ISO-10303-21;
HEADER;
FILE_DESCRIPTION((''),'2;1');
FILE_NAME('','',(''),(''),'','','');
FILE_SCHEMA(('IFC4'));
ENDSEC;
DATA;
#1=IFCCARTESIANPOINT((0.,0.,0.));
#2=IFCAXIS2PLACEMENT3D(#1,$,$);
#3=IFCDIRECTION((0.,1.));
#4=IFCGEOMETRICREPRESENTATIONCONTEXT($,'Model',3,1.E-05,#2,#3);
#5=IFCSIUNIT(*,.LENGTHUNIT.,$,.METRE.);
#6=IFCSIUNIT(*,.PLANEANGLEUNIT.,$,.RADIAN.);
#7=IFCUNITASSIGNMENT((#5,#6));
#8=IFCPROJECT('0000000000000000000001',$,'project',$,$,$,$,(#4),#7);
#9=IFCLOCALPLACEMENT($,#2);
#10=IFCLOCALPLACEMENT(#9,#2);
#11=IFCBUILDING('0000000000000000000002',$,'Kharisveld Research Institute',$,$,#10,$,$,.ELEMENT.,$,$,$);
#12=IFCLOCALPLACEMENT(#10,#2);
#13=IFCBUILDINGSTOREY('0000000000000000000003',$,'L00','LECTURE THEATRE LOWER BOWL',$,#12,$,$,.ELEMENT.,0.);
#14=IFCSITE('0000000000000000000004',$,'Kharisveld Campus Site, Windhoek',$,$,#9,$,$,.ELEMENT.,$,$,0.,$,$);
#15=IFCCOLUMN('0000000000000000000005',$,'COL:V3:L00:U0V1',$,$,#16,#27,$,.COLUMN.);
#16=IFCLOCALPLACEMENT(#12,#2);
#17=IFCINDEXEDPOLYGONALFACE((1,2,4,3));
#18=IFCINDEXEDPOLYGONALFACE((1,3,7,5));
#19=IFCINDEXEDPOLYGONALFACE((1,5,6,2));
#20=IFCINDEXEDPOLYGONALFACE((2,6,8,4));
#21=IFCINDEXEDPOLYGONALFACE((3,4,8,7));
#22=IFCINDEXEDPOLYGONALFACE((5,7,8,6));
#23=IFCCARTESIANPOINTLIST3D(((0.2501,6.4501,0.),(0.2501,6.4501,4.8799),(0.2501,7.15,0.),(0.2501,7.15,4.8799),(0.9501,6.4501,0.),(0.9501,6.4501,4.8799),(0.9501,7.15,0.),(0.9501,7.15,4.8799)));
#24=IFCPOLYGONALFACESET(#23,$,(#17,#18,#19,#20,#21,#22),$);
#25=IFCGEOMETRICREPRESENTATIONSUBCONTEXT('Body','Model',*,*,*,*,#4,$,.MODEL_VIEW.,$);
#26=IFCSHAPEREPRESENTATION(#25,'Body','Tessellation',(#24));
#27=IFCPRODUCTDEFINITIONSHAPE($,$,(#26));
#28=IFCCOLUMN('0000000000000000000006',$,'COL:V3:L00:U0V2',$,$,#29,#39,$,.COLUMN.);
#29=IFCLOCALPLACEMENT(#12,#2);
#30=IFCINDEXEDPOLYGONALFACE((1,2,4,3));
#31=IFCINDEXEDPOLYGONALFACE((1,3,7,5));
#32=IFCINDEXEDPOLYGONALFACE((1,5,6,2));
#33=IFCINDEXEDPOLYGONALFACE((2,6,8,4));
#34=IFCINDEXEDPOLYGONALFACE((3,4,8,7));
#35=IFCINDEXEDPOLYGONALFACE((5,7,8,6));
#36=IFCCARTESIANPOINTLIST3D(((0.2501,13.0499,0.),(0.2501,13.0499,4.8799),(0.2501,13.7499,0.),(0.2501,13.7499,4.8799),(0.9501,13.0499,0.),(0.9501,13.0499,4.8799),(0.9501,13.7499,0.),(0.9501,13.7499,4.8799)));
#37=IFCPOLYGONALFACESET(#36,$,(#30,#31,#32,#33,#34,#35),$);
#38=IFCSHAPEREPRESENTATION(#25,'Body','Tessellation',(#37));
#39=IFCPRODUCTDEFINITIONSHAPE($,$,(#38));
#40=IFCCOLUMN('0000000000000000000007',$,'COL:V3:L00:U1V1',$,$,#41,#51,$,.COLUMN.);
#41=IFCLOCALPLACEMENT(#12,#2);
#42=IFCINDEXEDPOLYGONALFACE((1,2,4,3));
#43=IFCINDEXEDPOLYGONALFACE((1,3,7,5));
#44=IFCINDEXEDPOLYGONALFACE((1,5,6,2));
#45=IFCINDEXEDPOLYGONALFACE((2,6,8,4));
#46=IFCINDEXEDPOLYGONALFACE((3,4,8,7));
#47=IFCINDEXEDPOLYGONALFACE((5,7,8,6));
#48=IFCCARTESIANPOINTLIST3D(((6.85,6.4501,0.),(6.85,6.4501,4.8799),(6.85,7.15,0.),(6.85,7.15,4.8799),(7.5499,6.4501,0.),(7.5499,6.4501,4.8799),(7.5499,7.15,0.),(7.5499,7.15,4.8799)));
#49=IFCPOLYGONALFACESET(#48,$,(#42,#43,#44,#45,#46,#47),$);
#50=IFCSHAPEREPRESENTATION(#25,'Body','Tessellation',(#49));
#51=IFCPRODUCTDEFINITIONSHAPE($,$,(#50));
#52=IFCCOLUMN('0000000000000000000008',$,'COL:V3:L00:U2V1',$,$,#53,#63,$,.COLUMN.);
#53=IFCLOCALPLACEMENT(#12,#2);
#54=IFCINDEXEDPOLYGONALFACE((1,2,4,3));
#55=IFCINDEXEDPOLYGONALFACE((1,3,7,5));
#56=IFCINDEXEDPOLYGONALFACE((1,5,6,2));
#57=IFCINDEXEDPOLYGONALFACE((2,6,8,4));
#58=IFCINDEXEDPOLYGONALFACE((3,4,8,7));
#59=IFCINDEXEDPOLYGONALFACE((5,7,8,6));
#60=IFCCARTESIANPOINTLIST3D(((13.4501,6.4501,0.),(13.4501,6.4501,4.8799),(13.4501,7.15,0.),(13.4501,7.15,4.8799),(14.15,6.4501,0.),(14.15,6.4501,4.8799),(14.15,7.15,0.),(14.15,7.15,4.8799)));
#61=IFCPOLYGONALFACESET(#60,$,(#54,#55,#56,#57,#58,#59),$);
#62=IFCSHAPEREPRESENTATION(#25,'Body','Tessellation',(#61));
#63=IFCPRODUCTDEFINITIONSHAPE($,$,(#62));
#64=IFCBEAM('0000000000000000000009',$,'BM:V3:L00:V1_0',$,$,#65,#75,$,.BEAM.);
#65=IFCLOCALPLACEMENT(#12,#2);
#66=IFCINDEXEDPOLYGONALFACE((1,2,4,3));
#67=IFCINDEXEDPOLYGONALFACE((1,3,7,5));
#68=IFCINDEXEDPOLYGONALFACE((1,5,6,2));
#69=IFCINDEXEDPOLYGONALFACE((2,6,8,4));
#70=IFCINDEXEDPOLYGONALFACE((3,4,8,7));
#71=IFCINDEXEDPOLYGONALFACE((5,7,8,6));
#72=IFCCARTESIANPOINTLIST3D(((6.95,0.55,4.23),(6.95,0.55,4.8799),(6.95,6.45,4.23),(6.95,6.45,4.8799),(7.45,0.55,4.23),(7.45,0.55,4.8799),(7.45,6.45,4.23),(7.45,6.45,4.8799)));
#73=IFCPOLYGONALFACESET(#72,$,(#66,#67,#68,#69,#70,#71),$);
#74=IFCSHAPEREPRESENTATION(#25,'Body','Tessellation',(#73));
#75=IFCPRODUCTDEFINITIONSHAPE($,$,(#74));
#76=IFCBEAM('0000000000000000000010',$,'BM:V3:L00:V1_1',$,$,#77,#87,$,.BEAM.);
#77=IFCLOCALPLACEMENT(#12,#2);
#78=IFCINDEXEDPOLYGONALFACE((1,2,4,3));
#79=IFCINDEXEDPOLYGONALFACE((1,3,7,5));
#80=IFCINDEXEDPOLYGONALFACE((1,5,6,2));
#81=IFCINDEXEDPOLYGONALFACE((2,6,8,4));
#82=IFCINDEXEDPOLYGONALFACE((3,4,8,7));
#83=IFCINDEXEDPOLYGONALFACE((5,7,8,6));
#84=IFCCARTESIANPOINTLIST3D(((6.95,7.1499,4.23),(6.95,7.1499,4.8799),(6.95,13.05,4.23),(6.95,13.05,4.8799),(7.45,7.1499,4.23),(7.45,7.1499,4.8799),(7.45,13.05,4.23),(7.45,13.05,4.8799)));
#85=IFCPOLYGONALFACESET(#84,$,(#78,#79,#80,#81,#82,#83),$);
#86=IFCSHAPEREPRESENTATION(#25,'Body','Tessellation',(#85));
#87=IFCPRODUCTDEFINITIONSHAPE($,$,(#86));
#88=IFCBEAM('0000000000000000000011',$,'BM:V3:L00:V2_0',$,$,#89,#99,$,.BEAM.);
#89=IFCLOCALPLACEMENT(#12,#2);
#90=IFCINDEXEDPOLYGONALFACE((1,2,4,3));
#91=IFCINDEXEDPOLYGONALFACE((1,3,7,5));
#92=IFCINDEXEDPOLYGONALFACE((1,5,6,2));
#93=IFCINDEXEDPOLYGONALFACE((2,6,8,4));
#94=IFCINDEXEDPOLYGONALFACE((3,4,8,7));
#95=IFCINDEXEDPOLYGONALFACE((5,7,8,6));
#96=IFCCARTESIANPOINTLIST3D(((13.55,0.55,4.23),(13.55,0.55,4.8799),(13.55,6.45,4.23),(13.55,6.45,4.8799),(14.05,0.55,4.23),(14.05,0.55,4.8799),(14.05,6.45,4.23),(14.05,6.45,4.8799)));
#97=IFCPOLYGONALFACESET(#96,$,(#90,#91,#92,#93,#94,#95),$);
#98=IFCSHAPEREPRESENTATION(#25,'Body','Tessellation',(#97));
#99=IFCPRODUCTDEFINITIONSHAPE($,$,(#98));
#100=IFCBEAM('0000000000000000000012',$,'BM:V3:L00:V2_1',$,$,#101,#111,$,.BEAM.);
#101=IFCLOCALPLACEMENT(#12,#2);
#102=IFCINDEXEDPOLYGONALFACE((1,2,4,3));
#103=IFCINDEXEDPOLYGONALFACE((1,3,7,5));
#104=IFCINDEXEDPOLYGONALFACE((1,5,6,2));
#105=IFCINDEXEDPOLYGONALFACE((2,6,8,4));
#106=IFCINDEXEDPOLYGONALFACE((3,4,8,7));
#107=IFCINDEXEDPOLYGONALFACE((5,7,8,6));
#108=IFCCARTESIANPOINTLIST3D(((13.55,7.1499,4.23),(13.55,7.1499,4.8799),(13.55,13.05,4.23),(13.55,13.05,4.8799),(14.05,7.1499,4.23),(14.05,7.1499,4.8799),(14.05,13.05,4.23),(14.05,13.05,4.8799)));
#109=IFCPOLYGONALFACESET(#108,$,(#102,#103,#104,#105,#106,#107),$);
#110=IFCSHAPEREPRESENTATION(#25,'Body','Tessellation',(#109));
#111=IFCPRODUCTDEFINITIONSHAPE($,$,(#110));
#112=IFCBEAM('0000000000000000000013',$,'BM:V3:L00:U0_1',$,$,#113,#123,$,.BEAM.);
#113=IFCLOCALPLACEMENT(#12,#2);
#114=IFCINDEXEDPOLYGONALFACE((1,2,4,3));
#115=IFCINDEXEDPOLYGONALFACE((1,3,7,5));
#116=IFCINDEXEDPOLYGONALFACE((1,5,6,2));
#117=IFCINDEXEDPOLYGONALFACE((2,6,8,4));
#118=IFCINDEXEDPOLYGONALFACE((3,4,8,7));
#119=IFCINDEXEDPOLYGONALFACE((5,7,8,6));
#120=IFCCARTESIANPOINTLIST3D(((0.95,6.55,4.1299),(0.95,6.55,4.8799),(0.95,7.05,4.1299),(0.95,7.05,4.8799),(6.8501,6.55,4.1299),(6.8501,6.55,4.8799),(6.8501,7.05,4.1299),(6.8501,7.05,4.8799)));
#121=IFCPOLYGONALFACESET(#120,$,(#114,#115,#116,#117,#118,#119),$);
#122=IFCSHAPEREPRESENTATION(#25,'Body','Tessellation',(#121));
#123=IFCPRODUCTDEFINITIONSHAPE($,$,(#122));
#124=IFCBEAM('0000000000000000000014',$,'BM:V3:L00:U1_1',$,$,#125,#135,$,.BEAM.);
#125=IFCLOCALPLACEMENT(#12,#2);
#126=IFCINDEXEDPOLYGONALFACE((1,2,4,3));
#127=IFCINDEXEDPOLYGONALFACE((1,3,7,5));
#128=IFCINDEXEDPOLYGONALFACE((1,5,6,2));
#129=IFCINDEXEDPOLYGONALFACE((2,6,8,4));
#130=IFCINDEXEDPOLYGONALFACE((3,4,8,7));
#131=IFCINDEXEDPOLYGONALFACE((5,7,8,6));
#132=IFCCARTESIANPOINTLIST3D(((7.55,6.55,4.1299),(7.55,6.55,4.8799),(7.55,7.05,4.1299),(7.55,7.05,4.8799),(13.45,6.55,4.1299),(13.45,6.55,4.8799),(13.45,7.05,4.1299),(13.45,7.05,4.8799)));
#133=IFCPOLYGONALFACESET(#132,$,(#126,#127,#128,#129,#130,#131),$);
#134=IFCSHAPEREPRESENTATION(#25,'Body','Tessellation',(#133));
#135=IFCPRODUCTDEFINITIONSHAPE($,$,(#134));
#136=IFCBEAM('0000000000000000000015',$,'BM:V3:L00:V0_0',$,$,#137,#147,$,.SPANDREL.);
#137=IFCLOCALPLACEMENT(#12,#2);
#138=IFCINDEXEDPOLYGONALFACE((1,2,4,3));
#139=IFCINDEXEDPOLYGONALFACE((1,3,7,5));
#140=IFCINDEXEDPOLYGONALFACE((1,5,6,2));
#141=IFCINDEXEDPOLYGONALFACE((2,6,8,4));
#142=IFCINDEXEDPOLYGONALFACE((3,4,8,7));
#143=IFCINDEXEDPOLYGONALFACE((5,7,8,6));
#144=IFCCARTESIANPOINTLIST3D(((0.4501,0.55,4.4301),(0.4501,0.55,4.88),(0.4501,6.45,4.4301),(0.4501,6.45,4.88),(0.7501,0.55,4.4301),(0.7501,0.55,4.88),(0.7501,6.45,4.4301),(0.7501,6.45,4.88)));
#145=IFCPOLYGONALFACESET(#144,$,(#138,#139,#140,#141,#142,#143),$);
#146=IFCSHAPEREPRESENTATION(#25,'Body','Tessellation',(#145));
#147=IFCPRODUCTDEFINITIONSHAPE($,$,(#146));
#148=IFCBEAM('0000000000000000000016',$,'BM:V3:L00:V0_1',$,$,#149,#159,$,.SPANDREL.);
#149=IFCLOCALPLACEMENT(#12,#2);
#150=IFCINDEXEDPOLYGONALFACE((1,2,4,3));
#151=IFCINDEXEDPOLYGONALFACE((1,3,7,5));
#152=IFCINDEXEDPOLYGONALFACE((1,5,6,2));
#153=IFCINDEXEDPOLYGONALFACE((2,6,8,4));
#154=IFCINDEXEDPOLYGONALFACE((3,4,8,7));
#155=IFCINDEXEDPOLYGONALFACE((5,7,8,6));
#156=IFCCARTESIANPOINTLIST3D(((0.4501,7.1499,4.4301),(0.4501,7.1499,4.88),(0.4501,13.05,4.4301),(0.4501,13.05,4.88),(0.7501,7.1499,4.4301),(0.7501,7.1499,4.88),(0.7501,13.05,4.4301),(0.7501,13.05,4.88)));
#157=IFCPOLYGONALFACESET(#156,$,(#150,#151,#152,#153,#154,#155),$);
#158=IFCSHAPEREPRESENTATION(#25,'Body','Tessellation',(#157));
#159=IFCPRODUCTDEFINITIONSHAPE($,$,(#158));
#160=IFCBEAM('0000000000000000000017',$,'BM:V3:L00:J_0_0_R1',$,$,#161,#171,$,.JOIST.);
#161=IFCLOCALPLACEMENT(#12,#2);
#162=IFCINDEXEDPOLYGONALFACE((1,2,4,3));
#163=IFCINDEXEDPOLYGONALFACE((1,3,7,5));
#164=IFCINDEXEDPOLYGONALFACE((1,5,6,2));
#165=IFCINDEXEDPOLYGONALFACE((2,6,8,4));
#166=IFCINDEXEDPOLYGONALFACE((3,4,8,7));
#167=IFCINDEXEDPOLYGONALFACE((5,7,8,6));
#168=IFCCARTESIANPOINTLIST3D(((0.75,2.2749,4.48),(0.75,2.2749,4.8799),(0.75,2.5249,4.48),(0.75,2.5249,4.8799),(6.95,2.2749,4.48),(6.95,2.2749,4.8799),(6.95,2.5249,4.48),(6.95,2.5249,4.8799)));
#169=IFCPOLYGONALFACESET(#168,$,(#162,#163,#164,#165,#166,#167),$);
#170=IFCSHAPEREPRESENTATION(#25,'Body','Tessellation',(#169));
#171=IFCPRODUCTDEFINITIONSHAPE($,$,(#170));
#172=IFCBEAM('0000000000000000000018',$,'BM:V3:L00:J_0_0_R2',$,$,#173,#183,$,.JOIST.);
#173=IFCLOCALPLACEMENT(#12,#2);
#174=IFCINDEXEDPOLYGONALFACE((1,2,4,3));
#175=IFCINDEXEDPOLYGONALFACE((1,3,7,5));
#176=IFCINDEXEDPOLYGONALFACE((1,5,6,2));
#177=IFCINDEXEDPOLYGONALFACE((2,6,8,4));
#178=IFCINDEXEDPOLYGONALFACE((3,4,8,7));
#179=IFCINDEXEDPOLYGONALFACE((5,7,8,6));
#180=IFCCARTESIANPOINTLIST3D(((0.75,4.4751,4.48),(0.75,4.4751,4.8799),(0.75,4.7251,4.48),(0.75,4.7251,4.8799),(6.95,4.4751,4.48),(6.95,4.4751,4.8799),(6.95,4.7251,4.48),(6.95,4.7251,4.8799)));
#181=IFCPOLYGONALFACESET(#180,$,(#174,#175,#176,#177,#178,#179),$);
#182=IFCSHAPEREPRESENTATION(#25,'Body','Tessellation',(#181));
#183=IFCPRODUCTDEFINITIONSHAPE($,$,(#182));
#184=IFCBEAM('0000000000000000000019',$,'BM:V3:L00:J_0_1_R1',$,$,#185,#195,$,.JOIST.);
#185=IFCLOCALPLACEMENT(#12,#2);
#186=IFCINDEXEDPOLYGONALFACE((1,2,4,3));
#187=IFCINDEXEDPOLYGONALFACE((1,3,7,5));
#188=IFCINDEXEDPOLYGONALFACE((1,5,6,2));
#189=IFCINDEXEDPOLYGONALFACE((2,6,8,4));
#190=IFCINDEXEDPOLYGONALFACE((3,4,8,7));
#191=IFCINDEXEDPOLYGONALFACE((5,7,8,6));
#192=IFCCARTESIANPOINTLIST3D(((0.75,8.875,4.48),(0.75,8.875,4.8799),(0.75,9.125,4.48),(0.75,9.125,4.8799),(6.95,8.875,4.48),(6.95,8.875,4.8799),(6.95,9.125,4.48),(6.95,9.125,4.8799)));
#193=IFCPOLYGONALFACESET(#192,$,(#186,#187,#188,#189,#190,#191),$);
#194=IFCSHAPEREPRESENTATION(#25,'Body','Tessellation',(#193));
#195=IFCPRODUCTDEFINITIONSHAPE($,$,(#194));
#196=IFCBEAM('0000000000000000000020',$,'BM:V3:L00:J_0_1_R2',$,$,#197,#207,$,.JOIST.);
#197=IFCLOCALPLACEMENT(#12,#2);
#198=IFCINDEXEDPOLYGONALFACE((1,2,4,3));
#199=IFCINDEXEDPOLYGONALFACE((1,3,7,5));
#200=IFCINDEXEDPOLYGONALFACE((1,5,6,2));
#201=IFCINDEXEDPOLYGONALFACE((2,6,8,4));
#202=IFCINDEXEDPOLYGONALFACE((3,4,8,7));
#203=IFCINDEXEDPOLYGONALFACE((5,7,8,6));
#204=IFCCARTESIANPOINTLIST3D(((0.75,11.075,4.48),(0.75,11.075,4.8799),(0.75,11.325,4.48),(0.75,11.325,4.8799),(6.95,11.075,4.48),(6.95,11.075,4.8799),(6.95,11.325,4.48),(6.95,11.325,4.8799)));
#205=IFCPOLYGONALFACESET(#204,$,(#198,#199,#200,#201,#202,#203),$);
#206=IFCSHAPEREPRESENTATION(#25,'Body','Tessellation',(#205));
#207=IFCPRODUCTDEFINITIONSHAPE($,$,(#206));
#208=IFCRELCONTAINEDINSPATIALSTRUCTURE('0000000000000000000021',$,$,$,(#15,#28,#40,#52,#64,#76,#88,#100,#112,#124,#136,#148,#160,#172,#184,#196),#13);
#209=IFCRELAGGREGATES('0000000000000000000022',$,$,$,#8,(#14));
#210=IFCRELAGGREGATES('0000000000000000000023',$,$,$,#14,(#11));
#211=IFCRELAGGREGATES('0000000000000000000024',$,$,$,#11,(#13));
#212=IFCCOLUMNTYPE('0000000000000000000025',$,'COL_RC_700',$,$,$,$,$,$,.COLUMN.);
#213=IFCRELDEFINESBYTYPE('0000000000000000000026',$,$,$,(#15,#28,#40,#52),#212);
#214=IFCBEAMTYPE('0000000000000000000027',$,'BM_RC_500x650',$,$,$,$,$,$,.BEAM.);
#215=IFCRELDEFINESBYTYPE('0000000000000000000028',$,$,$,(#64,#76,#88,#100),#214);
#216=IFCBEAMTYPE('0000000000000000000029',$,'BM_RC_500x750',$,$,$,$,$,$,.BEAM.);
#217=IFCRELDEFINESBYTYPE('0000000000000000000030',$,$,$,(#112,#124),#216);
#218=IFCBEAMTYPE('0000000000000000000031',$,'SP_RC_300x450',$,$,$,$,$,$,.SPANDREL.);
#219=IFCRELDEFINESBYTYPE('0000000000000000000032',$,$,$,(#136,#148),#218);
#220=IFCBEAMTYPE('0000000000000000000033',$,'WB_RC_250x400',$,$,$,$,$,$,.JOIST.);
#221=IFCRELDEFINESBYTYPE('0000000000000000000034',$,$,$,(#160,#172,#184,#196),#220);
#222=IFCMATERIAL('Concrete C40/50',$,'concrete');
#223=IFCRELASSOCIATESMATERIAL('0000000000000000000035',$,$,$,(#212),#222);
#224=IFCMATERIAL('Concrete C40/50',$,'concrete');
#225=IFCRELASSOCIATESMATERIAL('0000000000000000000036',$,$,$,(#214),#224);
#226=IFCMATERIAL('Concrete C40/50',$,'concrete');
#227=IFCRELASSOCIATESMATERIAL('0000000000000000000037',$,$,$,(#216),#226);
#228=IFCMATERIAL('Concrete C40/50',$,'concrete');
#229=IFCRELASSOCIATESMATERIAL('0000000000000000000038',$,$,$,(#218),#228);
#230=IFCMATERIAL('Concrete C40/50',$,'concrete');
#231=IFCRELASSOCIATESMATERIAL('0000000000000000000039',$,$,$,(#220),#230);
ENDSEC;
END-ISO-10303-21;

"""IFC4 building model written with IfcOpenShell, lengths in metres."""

from ifc_helpers import new_model, si_unit, direction, frame, origin, origin_2d, place, context, subcontext, project, spatial, rectangle, extrude, material, material_profile, profile_set, type_object, element, save


model = new_model("IFC4")

# Units and contexts
model_context = context("Model", 3, precision=1e-05, world=origin(), true_north=direction((0.0, 1.0)))
body_context = subcontext(model_context, "Body", "Model", "MODEL_VIEW")
ifc_project = project(units=[si_unit("LENGTHUNIT", "METRE"), si_unit("PLANEANGLEUNIT", "RADIAN")], contexts=[model_context])

# Site, building, storey
site_placement = place(None, origin())
site = spatial("IfcSite", under=ifc_project, at=site_placement, Name="Kharisveld Campus Site, Windhoek", CompositionType="ELEMENT", RefElevation=0.0)
building_placement = place(site_placement, origin())
building = spatial("IfcBuilding", under=site, at=building_placement, Name="Kharisveld Research Institute", CompositionType="ELEMENT")
storey_placement = place(building_placement, origin())
storey = spatial("IfcBuildingStorey", under=building, at=storey_placement, Name="L00", Description="LECTURE THEATRE LOWER BOWL", CompositionType="ELEMENT", Elevation=0.0)

# Columns
ifc_material_1 = material(Name="Concrete C40/50", Category="concrete")
ifc_material_profile_1 = material_profile(ifc_material_1, rectangle(XDim=0.7, YDim=0.7, at=origin_2d()))
ifc_profile_set_1 = profile_set([ifc_material_profile_1], Name="Concrete C40/50")
column_type = type_object("IfcColumnType", Name="COL_RC_700", PredefinedType="COLUMN", material=ifc_profile_set_1)
for number, where, z_axis, x_axis, name in (
    (1, (0.6001, 6.8, 0.0), (0.0, 0.0, 1.0), (1.0, 0.0, 0.0), "COL:V3:L00:U0V1"),
    (2, (0.6001, 13.3999, 0.0), (0.0, 0.0, 1.0), (1.0, 0.0, 0.0), "COL:V3:L00:U0V2"),
    (3, (7.2, 6.8, 0.0), (0.0, 0.0, 1.0), (1.0, 0.0, 0.0), "COL:V3:L00:U1V1"),
    (4, (13.8, 6.8, 0.0), (0.0, 0.0, 1.0), (1.0, 0.0, 0.0), "COL:V3:L00:U2V1"),
):
    element("IfcColumn", number, at=place(storey_placement, frame(where, z_axis=z_axis, x_axis=x_axis)), inside=storey, type_object=column_type, Name=name, PredefinedType="COLUMN", context=body_context, shape_type="SweptSolid", body=[
        extrude(rectangle(XDim=0.7, YDim=0.7, at=origin_2d()), origin(), (0.0, 0.0, 1.0), 4.8799),
    ])

# Beams
ifc_material_2 = material(Name="Concrete C40/50", Category="concrete")
ifc_material_profile_2 = material_profile(ifc_material_2, rectangle(XDim=0.5, YDim=0.6499, at=origin_2d()))
ifc_profile_set_2 = profile_set([ifc_material_profile_2], Name="Concrete C40/50")
beam_type_1 = type_object("IfcBeamType", Name="BM_RC_500x650", PredefinedType="BEAM", material=ifc_profile_set_2)
beam_1_placement = place(storey_placement, frame((7.2, 0.55, 4.5549), z_axis=(0.0, 1.0, 0.0), x_axis=(-1.0, 0.0, 0.0)))
element("IfcBeam", 5, at=beam_1_placement, inside=storey, type_object=beam_type_1, Name="BM:V3:L00:V1_0", PredefinedType="BEAM", context=body_context, shape_type="SweptSolid", body=[
    extrude(rectangle(XDim=0.5, YDim=0.6499, at=origin_2d()), origin(), (0.0, 0.0, 1.0), 5.8999),
])
beam_2_placement = place(storey_placement, frame((7.2, 7.1499, 4.5549), z_axis=(0.0, 1.0, 0.0), x_axis=(-1.0, 0.0, 0.0)))
element("IfcBeam", 6, at=beam_2_placement, inside=storey, type_object=beam_type_1, Name="BM:V3:L00:V1_1", PredefinedType="BEAM", context=body_context, shape_type="SweptSolid", body=[
    extrude(rectangle(XDim=0.5, YDim=0.6499, at=origin_2d()), origin(), (0.0, 0.0, 1.0), 5.9001),
])
beam_3_placement = place(storey_placement, frame((13.8, 0.55, 4.5549), z_axis=(0.0, 1.0, 0.0), x_axis=(-1.0, 0.0, 0.0)))
element("IfcBeam", 7, at=beam_3_placement, inside=storey, type_object=beam_type_1, Name="BM:V3:L00:V2_0", PredefinedType="BEAM", context=body_context, shape_type="SweptSolid", body=[
    extrude(rectangle(XDim=0.5, YDim=0.6499, at=origin_2d()), origin(), (0.0, 0.0, 1.0), 5.8999),
])
beam_4_placement = place(storey_placement, frame((13.8, 7.1499, 4.5549), z_axis=(0.0, 1.0, 0.0), x_axis=(-1.0, 0.0, 0.0)))
element("IfcBeam", 8, at=beam_4_placement, inside=storey, type_object=beam_type_1, Name="BM:V3:L00:V2_1", PredefinedType="BEAM", context=body_context, shape_type="SweptSolid", body=[
    extrude(rectangle(XDim=0.5, YDim=0.6499, at=origin_2d()), origin(), (0.0, 0.0, 1.0), 5.9001),
])
ifc_material_3 = material(Name="Concrete C40/50", Category="concrete")
ifc_material_profile_3 = material_profile(ifc_material_3, rectangle(XDim=0.5, YDim=0.75, at=origin_2d()))
ifc_profile_set_3 = profile_set([ifc_material_profile_3], Name="Concrete C40/50")
beam_type_2 = type_object("IfcBeamType", Name="BM_RC_500x750", PredefinedType="BEAM", material=ifc_profile_set_3)
beam_5_placement = place(storey_placement, frame((0.95, 6.8, 4.5049), z_axis=(1.0, 0.0, 0.0), x_axis=(0.0, 1.0, 0.0)))
element("IfcBeam", 9, at=beam_5_placement, inside=storey, type_object=beam_type_2, Name="BM:V3:L00:U0_1", PredefinedType="BEAM", context=body_context, shape_type="SweptSolid", body=[
    extrude(rectangle(XDim=0.5, YDim=0.75, at=origin_2d()), origin(), (0.0, 0.0, 1.0), 5.9001),
])
beam_6_placement = place(storey_placement, frame((7.55, 6.8, 4.5049), z_axis=(1.0, 0.0, 0.0), x_axis=(0.0, 1.0, 0.0)))
element("IfcBeam", 10, at=beam_6_placement, inside=storey, type_object=beam_type_2, Name="BM:V3:L00:U1_1", PredefinedType="BEAM", context=body_context, shape_type="SweptSolid", body=[
    extrude(rectangle(XDim=0.5, YDim=0.75, at=origin_2d()), origin(), (0.0, 0.0, 1.0), 5.8999),
])
ifc_material_4 = material(Name="Concrete C40/50", Category="concrete")
ifc_material_profile_4 = material_profile(ifc_material_4, rectangle(XDim=0.3, YDim=0.45, at=origin_2d()))
ifc_profile_set_4 = profile_set([ifc_material_profile_4], Name="Concrete C40/50")
beam_type_3 = type_object("IfcBeamType", Name="SP_RC_300x450", PredefinedType="SPANDREL", material=ifc_profile_set_4)
beam_7_placement = place(storey_placement, frame((0.6001, 0.55, 4.655), z_axis=(0.0, 1.0, 0.0), x_axis=(-1.0, 0.0, 0.0)))
element("IfcBeam", 11, at=beam_7_placement, inside=storey, type_object=beam_type_3, Name="BM:V3:L00:V0_0", PredefinedType="SPANDREL", context=body_context, shape_type="SweptSolid", body=[
    extrude(rectangle(XDim=0.3, YDim=0.45, at=origin_2d()), origin(), (0.0, 0.0, 1.0), 5.8999),
])
beam_8_placement = place(storey_placement, frame((0.6001, 7.1499, 4.655), z_axis=(0.0, 1.0, 0.0), x_axis=(-1.0, 0.0, 0.0)))
element("IfcBeam", 12, at=beam_8_placement, inside=storey, type_object=beam_type_3, Name="BM:V3:L00:V0_1", PredefinedType="SPANDREL", context=body_context, shape_type="SweptSolid", body=[
    extrude(rectangle(XDim=0.3, YDim=0.45, at=origin_2d()), origin(), (0.0, 0.0, 1.0), 5.9001),
])
ifc_material_5 = material(Name="Concrete C40/50", Category="concrete")
ifc_material_profile_5 = material_profile(ifc_material_5, rectangle(XDim=0.25, YDim=0.3999, at=origin_2d()))
ifc_profile_set_5 = profile_set([ifc_material_profile_5], Name="Concrete C40/50")
beam_type_4 = type_object("IfcBeamType", Name="WB_RC_250x400", PredefinedType="JOIST", material=ifc_profile_set_5)
for number, where, z_axis, x_axis, name in (
    (13, (0.75, 2.3999, 4.6799), (1.0, 0.0, 0.0), (0.0, 1.0, 0.0), "BM:V3:L00:J_0_0_R1"),
    (14, (0.75, 4.6001, 4.6799), (1.0, 0.0, 0.0), (0.0, 1.0, 0.0), "BM:V3:L00:J_0_0_R2"),
    (15, (0.75, 9.0, 4.6799), (1.0, 0.0, 0.0), (0.0, 1.0, 0.0), "BM:V3:L00:J_0_1_R1"),
    (16, (0.75, 11.2, 4.6799), (1.0, 0.0, 0.0), (0.0, 1.0, 0.0), "BM:V3:L00:J_0_1_R2"),
):
    element("IfcBeam", number, at=place(storey_placement, frame(where, z_axis=z_axis, x_axis=x_axis)), inside=storey, type_object=beam_type_4, Name=name, PredefinedType="JOIST", context=body_context, shape_type="SweptSolid", body=[
        extrude(rectangle(XDim=0.25, YDim=0.3999, at=origin_2d()), origin(), (0.0, 0.0, 1.0), 6.2),
    ])

save(model, "model.ifc")
